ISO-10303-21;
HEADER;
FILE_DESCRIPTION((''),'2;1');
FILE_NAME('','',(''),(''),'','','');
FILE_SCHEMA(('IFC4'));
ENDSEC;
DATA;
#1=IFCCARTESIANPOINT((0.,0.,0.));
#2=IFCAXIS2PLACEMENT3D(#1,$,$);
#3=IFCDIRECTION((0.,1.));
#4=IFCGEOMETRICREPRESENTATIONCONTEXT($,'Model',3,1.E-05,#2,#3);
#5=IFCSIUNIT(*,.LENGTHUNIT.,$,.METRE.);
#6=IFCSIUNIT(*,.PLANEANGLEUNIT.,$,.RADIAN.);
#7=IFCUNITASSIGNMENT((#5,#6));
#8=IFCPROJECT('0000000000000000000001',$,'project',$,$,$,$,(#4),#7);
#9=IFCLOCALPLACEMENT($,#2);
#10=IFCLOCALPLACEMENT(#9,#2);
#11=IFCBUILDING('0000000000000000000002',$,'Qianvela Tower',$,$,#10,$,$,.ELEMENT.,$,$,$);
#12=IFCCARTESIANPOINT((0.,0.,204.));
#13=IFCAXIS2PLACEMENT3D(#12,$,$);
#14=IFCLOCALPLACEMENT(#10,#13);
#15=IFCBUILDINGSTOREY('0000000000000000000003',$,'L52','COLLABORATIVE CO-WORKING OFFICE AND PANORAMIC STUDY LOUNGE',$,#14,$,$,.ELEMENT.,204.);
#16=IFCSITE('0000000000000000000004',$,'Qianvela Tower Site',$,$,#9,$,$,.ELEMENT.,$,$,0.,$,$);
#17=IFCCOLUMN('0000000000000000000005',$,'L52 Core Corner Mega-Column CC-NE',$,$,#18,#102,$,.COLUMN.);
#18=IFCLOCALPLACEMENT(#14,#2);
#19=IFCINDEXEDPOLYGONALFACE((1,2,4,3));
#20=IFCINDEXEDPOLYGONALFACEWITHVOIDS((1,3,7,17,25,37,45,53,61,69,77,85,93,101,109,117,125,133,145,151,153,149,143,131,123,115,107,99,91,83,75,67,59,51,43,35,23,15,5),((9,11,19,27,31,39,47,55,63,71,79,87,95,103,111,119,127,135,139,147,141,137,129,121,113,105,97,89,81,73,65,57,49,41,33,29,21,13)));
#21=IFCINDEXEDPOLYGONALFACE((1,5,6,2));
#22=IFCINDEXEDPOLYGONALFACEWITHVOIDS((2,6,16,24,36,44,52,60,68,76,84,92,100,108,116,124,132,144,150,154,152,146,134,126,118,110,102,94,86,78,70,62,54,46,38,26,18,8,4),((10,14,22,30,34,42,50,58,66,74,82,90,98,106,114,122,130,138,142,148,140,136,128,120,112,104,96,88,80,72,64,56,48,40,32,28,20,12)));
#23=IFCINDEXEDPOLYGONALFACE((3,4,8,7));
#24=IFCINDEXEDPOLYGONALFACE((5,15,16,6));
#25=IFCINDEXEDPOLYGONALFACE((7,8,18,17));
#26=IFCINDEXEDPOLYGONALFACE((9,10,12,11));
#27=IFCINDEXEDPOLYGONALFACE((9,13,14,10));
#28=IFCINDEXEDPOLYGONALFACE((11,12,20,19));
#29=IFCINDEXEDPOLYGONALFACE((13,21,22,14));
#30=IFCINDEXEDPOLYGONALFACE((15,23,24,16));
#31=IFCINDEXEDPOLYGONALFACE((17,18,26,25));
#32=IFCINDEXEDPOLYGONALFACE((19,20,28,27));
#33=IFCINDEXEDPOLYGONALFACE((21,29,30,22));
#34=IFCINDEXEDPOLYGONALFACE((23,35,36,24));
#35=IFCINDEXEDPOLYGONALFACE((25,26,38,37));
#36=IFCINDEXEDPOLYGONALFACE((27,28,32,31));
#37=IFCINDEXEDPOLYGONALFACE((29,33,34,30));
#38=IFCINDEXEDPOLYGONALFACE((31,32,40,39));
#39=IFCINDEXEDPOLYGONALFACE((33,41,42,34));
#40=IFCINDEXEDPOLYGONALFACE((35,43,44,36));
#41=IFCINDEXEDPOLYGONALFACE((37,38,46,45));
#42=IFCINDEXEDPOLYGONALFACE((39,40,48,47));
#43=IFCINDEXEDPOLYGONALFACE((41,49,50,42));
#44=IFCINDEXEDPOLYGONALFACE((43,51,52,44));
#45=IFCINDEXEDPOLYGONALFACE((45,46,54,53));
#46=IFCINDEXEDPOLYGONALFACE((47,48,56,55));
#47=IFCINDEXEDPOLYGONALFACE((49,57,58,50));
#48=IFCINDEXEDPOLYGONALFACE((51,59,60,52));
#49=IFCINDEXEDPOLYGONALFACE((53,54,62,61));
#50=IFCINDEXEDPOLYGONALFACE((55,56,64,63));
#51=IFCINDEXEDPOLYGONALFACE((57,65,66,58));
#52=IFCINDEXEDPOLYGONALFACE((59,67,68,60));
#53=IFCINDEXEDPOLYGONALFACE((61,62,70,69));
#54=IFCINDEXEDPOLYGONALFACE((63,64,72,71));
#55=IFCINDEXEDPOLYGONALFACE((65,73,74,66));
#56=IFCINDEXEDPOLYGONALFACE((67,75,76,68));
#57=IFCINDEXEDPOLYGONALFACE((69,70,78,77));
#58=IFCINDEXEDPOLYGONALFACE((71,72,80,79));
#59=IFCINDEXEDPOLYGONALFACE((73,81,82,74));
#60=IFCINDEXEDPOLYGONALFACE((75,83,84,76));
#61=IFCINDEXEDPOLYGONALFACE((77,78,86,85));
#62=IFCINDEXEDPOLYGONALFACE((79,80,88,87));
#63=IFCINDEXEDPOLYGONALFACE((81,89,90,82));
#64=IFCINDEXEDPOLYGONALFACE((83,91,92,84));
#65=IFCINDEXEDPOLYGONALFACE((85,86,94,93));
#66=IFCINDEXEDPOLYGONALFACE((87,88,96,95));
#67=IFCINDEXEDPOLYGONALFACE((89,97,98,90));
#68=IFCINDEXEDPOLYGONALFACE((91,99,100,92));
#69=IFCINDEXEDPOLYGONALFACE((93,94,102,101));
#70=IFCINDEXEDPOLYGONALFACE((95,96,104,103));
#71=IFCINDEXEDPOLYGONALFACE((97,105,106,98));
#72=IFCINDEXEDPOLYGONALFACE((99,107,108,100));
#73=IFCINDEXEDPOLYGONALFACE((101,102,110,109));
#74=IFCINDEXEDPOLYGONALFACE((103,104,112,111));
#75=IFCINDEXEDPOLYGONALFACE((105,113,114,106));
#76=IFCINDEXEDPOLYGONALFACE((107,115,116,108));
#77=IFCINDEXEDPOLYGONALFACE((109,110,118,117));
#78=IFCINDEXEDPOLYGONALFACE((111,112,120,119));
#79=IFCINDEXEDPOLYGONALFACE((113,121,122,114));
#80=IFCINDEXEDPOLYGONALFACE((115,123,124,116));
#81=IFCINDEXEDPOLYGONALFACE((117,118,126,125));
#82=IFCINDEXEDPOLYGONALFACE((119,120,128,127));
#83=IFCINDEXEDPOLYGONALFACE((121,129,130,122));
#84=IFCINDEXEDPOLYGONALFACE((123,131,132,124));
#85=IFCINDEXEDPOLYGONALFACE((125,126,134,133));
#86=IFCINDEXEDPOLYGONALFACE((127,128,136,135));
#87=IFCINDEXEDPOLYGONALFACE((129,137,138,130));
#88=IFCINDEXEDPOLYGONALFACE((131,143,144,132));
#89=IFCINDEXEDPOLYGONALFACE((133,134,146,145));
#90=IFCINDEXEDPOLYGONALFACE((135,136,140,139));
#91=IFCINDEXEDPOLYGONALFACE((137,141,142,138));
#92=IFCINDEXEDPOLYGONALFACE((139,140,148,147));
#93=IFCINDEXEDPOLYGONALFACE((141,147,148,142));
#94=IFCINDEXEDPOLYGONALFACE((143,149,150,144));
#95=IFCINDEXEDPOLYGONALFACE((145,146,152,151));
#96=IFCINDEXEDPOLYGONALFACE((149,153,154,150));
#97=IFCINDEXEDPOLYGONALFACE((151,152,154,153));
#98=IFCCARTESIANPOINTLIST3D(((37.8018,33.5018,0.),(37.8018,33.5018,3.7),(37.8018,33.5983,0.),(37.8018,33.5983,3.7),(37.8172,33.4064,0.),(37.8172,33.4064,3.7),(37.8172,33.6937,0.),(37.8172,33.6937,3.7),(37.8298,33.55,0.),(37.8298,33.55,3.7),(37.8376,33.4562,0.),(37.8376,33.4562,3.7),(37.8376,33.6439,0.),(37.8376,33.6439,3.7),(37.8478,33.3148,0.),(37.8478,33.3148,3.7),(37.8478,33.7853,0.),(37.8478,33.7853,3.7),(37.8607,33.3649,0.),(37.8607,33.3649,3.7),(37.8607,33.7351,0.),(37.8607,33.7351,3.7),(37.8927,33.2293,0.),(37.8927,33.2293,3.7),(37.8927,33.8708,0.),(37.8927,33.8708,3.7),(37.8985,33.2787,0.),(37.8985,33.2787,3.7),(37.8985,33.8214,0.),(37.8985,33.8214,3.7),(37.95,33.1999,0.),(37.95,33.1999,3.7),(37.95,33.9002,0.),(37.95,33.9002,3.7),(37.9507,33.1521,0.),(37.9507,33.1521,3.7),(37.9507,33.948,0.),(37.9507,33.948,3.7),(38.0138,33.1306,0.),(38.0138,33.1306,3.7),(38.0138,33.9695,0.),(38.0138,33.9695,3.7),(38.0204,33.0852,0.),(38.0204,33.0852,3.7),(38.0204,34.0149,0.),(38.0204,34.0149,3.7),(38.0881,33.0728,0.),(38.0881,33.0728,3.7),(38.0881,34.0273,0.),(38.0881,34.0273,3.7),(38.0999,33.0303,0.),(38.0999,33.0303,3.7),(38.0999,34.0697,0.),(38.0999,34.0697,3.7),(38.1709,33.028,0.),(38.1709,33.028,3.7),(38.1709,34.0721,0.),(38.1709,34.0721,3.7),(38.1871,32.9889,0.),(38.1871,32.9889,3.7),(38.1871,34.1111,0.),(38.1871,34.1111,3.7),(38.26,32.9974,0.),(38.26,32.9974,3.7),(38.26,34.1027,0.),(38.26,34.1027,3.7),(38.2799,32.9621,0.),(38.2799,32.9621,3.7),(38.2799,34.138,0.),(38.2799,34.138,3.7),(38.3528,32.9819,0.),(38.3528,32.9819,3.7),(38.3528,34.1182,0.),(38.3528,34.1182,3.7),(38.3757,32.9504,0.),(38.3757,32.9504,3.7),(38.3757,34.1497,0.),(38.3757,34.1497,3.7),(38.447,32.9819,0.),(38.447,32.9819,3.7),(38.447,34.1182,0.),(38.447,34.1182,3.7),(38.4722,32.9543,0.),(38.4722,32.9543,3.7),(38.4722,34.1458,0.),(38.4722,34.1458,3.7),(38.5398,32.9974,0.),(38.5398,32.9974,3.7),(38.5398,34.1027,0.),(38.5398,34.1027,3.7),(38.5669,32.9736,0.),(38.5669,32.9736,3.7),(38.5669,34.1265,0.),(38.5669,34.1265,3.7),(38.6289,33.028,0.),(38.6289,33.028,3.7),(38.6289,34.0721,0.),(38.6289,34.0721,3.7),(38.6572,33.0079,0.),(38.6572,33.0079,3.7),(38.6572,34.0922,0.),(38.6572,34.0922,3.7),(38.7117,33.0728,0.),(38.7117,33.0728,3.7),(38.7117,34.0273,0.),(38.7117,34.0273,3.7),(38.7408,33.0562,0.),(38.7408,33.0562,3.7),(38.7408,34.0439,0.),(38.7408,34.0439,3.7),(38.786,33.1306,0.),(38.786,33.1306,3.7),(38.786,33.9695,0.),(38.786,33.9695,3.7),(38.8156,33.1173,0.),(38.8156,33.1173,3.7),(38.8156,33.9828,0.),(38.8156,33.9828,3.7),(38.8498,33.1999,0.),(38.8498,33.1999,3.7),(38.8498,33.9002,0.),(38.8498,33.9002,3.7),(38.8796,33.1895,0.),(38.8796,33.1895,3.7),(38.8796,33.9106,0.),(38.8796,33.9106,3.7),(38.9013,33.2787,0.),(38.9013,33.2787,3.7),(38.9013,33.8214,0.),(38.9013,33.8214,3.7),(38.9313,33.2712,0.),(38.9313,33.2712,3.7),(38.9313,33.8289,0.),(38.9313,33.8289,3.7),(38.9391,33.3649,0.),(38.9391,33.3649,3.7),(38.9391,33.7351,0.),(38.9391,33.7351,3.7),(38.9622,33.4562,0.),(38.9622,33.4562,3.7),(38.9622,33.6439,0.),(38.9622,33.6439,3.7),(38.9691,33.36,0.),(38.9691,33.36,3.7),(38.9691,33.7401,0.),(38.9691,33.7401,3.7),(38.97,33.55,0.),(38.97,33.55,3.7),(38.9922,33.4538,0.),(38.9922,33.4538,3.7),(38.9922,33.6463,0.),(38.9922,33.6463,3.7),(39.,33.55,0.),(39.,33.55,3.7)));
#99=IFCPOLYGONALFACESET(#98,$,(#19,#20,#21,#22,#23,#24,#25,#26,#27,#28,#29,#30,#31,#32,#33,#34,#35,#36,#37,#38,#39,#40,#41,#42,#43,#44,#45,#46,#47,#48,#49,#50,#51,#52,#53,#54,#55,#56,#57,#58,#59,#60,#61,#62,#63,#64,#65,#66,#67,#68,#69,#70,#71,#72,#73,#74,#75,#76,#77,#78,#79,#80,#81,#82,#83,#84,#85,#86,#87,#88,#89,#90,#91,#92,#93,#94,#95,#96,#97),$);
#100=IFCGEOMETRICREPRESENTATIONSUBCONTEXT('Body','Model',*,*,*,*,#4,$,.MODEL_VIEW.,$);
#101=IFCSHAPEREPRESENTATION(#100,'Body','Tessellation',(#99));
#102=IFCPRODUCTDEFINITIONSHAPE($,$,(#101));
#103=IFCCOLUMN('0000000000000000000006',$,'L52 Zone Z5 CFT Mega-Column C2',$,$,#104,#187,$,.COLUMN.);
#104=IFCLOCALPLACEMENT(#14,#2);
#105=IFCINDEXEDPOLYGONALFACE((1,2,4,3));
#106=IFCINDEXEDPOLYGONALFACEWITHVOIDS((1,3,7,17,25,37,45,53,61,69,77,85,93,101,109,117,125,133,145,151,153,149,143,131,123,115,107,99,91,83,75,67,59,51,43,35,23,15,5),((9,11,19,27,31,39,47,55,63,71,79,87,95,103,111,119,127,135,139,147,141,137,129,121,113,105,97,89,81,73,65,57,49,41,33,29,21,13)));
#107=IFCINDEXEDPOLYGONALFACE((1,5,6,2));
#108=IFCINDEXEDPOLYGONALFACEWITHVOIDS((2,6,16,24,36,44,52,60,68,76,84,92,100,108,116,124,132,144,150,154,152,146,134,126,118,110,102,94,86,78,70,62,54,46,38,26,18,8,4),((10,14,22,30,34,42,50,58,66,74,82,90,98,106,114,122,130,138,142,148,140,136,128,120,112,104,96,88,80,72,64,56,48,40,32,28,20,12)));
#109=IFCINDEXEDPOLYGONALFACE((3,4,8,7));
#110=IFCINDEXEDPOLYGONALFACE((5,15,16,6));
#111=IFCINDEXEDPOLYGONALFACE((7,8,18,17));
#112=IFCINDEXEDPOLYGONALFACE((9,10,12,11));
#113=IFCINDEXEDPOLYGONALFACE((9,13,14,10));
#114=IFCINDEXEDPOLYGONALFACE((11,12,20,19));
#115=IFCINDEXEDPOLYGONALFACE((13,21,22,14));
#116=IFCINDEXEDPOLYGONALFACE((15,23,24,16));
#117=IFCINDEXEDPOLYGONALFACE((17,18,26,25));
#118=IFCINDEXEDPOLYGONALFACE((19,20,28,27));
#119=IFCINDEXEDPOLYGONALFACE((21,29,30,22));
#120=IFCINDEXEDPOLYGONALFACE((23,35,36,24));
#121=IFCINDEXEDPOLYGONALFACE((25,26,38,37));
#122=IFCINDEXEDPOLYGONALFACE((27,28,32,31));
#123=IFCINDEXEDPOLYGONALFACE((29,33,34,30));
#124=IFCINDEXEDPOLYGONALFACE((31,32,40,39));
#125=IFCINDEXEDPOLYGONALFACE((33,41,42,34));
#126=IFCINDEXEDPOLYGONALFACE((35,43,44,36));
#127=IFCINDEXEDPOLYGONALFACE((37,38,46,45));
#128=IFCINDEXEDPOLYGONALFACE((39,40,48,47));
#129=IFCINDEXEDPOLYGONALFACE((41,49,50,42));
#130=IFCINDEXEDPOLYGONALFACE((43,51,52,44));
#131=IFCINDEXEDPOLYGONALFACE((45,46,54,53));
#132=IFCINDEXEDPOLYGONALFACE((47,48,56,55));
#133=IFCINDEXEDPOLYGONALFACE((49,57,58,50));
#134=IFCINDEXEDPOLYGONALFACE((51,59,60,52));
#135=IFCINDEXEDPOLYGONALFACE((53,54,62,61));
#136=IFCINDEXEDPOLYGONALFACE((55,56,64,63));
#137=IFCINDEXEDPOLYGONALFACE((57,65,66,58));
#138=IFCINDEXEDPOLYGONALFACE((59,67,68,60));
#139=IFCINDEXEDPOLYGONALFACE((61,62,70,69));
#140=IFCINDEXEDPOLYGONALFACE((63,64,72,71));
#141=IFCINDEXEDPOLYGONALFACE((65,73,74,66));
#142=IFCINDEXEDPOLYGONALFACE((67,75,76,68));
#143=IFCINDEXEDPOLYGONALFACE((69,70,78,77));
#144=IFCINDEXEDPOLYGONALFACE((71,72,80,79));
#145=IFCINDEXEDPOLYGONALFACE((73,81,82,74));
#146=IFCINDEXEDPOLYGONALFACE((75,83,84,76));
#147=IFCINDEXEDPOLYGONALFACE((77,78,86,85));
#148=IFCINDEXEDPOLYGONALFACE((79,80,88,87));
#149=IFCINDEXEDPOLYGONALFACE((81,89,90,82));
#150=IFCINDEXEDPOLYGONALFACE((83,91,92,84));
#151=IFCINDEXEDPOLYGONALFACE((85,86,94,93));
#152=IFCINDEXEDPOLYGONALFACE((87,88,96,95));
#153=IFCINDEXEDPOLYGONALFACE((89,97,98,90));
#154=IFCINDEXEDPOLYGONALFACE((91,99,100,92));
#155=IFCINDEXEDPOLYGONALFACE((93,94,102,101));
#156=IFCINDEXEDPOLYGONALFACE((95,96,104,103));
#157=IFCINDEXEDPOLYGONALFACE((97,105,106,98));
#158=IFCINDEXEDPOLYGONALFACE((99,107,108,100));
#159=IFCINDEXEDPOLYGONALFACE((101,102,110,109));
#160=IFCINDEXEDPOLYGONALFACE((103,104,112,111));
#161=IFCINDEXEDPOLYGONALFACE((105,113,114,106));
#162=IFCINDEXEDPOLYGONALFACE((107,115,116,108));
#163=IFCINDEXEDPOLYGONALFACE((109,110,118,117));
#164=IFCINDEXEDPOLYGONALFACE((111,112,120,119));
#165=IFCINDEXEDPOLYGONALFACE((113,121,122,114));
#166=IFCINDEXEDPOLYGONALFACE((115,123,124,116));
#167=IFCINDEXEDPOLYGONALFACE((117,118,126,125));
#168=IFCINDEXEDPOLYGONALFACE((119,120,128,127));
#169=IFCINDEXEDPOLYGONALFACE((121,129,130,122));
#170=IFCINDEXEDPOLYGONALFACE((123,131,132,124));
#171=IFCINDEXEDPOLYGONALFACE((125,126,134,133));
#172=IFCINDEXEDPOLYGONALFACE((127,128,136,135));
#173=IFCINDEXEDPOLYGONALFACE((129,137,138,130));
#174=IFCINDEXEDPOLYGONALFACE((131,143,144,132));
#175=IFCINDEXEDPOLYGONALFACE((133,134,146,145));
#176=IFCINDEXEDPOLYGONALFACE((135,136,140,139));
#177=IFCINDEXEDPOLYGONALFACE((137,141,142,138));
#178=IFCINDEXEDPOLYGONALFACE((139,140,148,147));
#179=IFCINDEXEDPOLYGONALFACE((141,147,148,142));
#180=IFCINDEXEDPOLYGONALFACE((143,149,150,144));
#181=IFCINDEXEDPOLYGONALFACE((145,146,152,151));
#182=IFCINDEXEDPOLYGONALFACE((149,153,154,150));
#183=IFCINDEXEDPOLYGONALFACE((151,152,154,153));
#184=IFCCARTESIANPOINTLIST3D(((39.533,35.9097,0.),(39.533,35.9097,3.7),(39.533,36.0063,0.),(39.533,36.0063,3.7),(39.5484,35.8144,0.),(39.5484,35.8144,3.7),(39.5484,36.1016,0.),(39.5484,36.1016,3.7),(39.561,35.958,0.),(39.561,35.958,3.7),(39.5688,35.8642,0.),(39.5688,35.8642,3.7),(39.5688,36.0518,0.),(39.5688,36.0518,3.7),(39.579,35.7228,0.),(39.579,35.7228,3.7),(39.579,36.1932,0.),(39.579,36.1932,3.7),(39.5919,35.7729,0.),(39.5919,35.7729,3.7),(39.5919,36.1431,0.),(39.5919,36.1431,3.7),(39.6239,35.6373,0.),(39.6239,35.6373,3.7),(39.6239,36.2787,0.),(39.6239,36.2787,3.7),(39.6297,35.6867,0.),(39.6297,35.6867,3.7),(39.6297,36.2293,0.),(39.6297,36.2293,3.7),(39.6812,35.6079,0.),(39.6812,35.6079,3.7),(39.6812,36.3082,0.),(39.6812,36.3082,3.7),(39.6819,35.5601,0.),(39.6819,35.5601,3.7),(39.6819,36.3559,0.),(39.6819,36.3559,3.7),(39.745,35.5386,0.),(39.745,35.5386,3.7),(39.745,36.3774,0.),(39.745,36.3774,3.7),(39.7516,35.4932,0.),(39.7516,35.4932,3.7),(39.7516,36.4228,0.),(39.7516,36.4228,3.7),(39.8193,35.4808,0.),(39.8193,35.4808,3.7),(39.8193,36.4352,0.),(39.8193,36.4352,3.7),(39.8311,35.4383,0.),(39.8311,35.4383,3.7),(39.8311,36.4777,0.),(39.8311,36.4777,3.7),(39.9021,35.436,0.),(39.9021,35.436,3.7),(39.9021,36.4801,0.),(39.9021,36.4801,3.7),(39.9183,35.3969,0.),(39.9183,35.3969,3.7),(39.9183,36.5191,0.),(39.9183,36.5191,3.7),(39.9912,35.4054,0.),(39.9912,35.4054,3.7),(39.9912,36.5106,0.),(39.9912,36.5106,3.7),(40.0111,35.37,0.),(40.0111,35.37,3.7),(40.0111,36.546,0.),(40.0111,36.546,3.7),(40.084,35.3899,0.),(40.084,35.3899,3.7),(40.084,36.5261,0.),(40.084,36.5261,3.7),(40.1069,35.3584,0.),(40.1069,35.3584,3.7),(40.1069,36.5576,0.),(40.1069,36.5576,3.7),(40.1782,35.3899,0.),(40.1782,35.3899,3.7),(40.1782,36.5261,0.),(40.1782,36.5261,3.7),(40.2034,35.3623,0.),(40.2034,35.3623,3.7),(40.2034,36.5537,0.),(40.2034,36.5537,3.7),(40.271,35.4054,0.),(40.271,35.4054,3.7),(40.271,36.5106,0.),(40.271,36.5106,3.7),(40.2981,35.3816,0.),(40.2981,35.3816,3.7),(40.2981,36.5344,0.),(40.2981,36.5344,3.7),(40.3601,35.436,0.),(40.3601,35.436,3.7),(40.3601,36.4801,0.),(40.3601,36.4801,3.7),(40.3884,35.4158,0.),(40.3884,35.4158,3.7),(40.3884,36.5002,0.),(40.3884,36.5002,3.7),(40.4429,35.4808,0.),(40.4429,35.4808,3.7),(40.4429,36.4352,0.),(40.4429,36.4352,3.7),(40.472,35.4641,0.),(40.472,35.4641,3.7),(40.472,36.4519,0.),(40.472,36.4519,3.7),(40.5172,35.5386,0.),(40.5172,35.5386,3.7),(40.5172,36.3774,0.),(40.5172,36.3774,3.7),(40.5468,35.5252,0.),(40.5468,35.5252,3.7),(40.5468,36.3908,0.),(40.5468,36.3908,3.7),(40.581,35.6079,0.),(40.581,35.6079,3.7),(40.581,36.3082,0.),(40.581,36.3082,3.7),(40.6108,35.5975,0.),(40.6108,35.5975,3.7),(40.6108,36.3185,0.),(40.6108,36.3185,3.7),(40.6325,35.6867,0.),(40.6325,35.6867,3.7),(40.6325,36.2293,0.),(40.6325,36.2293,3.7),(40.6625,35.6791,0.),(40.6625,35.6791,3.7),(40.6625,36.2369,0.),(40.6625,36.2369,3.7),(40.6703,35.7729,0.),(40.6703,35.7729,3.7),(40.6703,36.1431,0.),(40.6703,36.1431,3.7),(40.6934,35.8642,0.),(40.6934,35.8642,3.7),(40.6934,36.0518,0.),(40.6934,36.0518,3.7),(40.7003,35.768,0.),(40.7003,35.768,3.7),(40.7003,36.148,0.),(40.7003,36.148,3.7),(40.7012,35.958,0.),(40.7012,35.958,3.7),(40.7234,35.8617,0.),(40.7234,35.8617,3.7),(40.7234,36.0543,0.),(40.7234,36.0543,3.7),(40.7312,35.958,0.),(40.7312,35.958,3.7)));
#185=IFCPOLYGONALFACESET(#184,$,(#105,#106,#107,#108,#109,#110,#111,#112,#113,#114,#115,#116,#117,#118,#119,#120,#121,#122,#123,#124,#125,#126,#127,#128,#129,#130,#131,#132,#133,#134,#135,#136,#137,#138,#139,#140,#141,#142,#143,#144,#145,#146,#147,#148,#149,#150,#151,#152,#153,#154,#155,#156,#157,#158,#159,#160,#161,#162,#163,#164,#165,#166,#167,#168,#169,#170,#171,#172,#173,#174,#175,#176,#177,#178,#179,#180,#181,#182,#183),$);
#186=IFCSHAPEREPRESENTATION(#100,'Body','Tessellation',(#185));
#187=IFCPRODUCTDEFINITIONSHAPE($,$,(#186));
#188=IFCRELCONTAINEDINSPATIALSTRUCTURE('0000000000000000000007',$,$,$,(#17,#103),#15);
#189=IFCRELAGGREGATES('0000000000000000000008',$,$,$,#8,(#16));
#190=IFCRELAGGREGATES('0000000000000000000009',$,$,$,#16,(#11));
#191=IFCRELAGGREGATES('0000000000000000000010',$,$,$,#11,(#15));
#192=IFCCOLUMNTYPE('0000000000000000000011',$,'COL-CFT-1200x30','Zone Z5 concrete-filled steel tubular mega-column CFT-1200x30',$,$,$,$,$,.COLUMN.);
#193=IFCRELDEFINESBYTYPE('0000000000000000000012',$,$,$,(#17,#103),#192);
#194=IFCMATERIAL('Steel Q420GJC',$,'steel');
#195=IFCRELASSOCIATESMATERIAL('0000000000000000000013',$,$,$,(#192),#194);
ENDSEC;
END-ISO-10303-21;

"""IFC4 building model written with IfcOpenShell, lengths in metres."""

from ifc_helpers import new_model, si_unit, direction, frame, origin, origin_2d, place, context, subcontext, project, spatial, hollow_circle, extrude, material, material_profile, profile_set, type_object, element, save


model = new_model("IFC4")

# Units and contexts
model_context = context("Model", 3, precision=1e-05, world=origin(), true_north=direction((0.0, 1.0)))
body_context = subcontext(model_context, "Body", "Model", "MODEL_VIEW")
ifc_project = project(units=[si_unit("LENGTHUNIT", "METRE"), si_unit("PLANEANGLEUNIT", "RADIAN")], contexts=[model_context])

# Site, building, storey
site_placement = place(None, origin())
site = spatial("IfcSite", under=ifc_project, at=site_placement, Name="Qianvela Tower Site", CompositionType="ELEMENT", RefElevation=0.0)
building_placement = place(site_placement, origin())
building = spatial("IfcBuilding", under=site, at=building_placement, Name="Qianvela Tower", CompositionType="ELEMENT")
storey_placement = place(building_placement, frame((0.0, 0.0, 204.0)))
storey = spatial("IfcBuildingStorey", under=building, at=storey_placement, Name="L52", Description="COLLABORATIVE CO-WORKING OFFICE AND PANORAMIC STUDY LOUNGE", CompositionType="ELEMENT", Elevation=204.0)

# Columns
ifc_material_1 = material(Name="Steel Q420GJC", Category="steel")
ifc_material_profile_1 = material_profile(ifc_material_1, hollow_circle(Radius=0.6001, WallThickness=0.03, at=origin_2d()), Name="CFT-1200x30")
ifc_profile_set_1 = profile_set([ifc_material_profile_1], Name="Steel Q420GJC")
column_type = type_object("IfcColumnType", Name="COL-CFT-1200x30", Description="Zone Z5 concrete-filled steel tubular mega-column CFT-1200x30", PredefinedType="COLUMN", material=ifc_profile_set_1)
for number, where, z_axis, x_axis, name in (
    (1, (38.3999, 33.55, 0.0), (0.0, 0.0, 1.0), (1.0, 0.0, 0.0), "L52 Core Corner Mega-Column CC-NE"),
    (2, (40.1311, 35.958, 0.0), (0.0, 0.0, 1.0), (1.0, 0.0, 0.0), "L52 Zone Z5 CFT Mega-Column C2"),
):
    element("IfcColumn", number, at=place(storey_placement, frame(where, z_axis=z_axis, x_axis=x_axis)), inside=storey, type_object=column_type, Name=name, PredefinedType="COLUMN", context=body_context, shape_type="SweptSolid", body=[
        extrude(hollow_circle(Radius=0.6001, WallThickness=0.03, at=origin_2d()), origin(), (0.0, 0.0, 1.0), 3.7),
    ])

save(model, "model.ifc")
